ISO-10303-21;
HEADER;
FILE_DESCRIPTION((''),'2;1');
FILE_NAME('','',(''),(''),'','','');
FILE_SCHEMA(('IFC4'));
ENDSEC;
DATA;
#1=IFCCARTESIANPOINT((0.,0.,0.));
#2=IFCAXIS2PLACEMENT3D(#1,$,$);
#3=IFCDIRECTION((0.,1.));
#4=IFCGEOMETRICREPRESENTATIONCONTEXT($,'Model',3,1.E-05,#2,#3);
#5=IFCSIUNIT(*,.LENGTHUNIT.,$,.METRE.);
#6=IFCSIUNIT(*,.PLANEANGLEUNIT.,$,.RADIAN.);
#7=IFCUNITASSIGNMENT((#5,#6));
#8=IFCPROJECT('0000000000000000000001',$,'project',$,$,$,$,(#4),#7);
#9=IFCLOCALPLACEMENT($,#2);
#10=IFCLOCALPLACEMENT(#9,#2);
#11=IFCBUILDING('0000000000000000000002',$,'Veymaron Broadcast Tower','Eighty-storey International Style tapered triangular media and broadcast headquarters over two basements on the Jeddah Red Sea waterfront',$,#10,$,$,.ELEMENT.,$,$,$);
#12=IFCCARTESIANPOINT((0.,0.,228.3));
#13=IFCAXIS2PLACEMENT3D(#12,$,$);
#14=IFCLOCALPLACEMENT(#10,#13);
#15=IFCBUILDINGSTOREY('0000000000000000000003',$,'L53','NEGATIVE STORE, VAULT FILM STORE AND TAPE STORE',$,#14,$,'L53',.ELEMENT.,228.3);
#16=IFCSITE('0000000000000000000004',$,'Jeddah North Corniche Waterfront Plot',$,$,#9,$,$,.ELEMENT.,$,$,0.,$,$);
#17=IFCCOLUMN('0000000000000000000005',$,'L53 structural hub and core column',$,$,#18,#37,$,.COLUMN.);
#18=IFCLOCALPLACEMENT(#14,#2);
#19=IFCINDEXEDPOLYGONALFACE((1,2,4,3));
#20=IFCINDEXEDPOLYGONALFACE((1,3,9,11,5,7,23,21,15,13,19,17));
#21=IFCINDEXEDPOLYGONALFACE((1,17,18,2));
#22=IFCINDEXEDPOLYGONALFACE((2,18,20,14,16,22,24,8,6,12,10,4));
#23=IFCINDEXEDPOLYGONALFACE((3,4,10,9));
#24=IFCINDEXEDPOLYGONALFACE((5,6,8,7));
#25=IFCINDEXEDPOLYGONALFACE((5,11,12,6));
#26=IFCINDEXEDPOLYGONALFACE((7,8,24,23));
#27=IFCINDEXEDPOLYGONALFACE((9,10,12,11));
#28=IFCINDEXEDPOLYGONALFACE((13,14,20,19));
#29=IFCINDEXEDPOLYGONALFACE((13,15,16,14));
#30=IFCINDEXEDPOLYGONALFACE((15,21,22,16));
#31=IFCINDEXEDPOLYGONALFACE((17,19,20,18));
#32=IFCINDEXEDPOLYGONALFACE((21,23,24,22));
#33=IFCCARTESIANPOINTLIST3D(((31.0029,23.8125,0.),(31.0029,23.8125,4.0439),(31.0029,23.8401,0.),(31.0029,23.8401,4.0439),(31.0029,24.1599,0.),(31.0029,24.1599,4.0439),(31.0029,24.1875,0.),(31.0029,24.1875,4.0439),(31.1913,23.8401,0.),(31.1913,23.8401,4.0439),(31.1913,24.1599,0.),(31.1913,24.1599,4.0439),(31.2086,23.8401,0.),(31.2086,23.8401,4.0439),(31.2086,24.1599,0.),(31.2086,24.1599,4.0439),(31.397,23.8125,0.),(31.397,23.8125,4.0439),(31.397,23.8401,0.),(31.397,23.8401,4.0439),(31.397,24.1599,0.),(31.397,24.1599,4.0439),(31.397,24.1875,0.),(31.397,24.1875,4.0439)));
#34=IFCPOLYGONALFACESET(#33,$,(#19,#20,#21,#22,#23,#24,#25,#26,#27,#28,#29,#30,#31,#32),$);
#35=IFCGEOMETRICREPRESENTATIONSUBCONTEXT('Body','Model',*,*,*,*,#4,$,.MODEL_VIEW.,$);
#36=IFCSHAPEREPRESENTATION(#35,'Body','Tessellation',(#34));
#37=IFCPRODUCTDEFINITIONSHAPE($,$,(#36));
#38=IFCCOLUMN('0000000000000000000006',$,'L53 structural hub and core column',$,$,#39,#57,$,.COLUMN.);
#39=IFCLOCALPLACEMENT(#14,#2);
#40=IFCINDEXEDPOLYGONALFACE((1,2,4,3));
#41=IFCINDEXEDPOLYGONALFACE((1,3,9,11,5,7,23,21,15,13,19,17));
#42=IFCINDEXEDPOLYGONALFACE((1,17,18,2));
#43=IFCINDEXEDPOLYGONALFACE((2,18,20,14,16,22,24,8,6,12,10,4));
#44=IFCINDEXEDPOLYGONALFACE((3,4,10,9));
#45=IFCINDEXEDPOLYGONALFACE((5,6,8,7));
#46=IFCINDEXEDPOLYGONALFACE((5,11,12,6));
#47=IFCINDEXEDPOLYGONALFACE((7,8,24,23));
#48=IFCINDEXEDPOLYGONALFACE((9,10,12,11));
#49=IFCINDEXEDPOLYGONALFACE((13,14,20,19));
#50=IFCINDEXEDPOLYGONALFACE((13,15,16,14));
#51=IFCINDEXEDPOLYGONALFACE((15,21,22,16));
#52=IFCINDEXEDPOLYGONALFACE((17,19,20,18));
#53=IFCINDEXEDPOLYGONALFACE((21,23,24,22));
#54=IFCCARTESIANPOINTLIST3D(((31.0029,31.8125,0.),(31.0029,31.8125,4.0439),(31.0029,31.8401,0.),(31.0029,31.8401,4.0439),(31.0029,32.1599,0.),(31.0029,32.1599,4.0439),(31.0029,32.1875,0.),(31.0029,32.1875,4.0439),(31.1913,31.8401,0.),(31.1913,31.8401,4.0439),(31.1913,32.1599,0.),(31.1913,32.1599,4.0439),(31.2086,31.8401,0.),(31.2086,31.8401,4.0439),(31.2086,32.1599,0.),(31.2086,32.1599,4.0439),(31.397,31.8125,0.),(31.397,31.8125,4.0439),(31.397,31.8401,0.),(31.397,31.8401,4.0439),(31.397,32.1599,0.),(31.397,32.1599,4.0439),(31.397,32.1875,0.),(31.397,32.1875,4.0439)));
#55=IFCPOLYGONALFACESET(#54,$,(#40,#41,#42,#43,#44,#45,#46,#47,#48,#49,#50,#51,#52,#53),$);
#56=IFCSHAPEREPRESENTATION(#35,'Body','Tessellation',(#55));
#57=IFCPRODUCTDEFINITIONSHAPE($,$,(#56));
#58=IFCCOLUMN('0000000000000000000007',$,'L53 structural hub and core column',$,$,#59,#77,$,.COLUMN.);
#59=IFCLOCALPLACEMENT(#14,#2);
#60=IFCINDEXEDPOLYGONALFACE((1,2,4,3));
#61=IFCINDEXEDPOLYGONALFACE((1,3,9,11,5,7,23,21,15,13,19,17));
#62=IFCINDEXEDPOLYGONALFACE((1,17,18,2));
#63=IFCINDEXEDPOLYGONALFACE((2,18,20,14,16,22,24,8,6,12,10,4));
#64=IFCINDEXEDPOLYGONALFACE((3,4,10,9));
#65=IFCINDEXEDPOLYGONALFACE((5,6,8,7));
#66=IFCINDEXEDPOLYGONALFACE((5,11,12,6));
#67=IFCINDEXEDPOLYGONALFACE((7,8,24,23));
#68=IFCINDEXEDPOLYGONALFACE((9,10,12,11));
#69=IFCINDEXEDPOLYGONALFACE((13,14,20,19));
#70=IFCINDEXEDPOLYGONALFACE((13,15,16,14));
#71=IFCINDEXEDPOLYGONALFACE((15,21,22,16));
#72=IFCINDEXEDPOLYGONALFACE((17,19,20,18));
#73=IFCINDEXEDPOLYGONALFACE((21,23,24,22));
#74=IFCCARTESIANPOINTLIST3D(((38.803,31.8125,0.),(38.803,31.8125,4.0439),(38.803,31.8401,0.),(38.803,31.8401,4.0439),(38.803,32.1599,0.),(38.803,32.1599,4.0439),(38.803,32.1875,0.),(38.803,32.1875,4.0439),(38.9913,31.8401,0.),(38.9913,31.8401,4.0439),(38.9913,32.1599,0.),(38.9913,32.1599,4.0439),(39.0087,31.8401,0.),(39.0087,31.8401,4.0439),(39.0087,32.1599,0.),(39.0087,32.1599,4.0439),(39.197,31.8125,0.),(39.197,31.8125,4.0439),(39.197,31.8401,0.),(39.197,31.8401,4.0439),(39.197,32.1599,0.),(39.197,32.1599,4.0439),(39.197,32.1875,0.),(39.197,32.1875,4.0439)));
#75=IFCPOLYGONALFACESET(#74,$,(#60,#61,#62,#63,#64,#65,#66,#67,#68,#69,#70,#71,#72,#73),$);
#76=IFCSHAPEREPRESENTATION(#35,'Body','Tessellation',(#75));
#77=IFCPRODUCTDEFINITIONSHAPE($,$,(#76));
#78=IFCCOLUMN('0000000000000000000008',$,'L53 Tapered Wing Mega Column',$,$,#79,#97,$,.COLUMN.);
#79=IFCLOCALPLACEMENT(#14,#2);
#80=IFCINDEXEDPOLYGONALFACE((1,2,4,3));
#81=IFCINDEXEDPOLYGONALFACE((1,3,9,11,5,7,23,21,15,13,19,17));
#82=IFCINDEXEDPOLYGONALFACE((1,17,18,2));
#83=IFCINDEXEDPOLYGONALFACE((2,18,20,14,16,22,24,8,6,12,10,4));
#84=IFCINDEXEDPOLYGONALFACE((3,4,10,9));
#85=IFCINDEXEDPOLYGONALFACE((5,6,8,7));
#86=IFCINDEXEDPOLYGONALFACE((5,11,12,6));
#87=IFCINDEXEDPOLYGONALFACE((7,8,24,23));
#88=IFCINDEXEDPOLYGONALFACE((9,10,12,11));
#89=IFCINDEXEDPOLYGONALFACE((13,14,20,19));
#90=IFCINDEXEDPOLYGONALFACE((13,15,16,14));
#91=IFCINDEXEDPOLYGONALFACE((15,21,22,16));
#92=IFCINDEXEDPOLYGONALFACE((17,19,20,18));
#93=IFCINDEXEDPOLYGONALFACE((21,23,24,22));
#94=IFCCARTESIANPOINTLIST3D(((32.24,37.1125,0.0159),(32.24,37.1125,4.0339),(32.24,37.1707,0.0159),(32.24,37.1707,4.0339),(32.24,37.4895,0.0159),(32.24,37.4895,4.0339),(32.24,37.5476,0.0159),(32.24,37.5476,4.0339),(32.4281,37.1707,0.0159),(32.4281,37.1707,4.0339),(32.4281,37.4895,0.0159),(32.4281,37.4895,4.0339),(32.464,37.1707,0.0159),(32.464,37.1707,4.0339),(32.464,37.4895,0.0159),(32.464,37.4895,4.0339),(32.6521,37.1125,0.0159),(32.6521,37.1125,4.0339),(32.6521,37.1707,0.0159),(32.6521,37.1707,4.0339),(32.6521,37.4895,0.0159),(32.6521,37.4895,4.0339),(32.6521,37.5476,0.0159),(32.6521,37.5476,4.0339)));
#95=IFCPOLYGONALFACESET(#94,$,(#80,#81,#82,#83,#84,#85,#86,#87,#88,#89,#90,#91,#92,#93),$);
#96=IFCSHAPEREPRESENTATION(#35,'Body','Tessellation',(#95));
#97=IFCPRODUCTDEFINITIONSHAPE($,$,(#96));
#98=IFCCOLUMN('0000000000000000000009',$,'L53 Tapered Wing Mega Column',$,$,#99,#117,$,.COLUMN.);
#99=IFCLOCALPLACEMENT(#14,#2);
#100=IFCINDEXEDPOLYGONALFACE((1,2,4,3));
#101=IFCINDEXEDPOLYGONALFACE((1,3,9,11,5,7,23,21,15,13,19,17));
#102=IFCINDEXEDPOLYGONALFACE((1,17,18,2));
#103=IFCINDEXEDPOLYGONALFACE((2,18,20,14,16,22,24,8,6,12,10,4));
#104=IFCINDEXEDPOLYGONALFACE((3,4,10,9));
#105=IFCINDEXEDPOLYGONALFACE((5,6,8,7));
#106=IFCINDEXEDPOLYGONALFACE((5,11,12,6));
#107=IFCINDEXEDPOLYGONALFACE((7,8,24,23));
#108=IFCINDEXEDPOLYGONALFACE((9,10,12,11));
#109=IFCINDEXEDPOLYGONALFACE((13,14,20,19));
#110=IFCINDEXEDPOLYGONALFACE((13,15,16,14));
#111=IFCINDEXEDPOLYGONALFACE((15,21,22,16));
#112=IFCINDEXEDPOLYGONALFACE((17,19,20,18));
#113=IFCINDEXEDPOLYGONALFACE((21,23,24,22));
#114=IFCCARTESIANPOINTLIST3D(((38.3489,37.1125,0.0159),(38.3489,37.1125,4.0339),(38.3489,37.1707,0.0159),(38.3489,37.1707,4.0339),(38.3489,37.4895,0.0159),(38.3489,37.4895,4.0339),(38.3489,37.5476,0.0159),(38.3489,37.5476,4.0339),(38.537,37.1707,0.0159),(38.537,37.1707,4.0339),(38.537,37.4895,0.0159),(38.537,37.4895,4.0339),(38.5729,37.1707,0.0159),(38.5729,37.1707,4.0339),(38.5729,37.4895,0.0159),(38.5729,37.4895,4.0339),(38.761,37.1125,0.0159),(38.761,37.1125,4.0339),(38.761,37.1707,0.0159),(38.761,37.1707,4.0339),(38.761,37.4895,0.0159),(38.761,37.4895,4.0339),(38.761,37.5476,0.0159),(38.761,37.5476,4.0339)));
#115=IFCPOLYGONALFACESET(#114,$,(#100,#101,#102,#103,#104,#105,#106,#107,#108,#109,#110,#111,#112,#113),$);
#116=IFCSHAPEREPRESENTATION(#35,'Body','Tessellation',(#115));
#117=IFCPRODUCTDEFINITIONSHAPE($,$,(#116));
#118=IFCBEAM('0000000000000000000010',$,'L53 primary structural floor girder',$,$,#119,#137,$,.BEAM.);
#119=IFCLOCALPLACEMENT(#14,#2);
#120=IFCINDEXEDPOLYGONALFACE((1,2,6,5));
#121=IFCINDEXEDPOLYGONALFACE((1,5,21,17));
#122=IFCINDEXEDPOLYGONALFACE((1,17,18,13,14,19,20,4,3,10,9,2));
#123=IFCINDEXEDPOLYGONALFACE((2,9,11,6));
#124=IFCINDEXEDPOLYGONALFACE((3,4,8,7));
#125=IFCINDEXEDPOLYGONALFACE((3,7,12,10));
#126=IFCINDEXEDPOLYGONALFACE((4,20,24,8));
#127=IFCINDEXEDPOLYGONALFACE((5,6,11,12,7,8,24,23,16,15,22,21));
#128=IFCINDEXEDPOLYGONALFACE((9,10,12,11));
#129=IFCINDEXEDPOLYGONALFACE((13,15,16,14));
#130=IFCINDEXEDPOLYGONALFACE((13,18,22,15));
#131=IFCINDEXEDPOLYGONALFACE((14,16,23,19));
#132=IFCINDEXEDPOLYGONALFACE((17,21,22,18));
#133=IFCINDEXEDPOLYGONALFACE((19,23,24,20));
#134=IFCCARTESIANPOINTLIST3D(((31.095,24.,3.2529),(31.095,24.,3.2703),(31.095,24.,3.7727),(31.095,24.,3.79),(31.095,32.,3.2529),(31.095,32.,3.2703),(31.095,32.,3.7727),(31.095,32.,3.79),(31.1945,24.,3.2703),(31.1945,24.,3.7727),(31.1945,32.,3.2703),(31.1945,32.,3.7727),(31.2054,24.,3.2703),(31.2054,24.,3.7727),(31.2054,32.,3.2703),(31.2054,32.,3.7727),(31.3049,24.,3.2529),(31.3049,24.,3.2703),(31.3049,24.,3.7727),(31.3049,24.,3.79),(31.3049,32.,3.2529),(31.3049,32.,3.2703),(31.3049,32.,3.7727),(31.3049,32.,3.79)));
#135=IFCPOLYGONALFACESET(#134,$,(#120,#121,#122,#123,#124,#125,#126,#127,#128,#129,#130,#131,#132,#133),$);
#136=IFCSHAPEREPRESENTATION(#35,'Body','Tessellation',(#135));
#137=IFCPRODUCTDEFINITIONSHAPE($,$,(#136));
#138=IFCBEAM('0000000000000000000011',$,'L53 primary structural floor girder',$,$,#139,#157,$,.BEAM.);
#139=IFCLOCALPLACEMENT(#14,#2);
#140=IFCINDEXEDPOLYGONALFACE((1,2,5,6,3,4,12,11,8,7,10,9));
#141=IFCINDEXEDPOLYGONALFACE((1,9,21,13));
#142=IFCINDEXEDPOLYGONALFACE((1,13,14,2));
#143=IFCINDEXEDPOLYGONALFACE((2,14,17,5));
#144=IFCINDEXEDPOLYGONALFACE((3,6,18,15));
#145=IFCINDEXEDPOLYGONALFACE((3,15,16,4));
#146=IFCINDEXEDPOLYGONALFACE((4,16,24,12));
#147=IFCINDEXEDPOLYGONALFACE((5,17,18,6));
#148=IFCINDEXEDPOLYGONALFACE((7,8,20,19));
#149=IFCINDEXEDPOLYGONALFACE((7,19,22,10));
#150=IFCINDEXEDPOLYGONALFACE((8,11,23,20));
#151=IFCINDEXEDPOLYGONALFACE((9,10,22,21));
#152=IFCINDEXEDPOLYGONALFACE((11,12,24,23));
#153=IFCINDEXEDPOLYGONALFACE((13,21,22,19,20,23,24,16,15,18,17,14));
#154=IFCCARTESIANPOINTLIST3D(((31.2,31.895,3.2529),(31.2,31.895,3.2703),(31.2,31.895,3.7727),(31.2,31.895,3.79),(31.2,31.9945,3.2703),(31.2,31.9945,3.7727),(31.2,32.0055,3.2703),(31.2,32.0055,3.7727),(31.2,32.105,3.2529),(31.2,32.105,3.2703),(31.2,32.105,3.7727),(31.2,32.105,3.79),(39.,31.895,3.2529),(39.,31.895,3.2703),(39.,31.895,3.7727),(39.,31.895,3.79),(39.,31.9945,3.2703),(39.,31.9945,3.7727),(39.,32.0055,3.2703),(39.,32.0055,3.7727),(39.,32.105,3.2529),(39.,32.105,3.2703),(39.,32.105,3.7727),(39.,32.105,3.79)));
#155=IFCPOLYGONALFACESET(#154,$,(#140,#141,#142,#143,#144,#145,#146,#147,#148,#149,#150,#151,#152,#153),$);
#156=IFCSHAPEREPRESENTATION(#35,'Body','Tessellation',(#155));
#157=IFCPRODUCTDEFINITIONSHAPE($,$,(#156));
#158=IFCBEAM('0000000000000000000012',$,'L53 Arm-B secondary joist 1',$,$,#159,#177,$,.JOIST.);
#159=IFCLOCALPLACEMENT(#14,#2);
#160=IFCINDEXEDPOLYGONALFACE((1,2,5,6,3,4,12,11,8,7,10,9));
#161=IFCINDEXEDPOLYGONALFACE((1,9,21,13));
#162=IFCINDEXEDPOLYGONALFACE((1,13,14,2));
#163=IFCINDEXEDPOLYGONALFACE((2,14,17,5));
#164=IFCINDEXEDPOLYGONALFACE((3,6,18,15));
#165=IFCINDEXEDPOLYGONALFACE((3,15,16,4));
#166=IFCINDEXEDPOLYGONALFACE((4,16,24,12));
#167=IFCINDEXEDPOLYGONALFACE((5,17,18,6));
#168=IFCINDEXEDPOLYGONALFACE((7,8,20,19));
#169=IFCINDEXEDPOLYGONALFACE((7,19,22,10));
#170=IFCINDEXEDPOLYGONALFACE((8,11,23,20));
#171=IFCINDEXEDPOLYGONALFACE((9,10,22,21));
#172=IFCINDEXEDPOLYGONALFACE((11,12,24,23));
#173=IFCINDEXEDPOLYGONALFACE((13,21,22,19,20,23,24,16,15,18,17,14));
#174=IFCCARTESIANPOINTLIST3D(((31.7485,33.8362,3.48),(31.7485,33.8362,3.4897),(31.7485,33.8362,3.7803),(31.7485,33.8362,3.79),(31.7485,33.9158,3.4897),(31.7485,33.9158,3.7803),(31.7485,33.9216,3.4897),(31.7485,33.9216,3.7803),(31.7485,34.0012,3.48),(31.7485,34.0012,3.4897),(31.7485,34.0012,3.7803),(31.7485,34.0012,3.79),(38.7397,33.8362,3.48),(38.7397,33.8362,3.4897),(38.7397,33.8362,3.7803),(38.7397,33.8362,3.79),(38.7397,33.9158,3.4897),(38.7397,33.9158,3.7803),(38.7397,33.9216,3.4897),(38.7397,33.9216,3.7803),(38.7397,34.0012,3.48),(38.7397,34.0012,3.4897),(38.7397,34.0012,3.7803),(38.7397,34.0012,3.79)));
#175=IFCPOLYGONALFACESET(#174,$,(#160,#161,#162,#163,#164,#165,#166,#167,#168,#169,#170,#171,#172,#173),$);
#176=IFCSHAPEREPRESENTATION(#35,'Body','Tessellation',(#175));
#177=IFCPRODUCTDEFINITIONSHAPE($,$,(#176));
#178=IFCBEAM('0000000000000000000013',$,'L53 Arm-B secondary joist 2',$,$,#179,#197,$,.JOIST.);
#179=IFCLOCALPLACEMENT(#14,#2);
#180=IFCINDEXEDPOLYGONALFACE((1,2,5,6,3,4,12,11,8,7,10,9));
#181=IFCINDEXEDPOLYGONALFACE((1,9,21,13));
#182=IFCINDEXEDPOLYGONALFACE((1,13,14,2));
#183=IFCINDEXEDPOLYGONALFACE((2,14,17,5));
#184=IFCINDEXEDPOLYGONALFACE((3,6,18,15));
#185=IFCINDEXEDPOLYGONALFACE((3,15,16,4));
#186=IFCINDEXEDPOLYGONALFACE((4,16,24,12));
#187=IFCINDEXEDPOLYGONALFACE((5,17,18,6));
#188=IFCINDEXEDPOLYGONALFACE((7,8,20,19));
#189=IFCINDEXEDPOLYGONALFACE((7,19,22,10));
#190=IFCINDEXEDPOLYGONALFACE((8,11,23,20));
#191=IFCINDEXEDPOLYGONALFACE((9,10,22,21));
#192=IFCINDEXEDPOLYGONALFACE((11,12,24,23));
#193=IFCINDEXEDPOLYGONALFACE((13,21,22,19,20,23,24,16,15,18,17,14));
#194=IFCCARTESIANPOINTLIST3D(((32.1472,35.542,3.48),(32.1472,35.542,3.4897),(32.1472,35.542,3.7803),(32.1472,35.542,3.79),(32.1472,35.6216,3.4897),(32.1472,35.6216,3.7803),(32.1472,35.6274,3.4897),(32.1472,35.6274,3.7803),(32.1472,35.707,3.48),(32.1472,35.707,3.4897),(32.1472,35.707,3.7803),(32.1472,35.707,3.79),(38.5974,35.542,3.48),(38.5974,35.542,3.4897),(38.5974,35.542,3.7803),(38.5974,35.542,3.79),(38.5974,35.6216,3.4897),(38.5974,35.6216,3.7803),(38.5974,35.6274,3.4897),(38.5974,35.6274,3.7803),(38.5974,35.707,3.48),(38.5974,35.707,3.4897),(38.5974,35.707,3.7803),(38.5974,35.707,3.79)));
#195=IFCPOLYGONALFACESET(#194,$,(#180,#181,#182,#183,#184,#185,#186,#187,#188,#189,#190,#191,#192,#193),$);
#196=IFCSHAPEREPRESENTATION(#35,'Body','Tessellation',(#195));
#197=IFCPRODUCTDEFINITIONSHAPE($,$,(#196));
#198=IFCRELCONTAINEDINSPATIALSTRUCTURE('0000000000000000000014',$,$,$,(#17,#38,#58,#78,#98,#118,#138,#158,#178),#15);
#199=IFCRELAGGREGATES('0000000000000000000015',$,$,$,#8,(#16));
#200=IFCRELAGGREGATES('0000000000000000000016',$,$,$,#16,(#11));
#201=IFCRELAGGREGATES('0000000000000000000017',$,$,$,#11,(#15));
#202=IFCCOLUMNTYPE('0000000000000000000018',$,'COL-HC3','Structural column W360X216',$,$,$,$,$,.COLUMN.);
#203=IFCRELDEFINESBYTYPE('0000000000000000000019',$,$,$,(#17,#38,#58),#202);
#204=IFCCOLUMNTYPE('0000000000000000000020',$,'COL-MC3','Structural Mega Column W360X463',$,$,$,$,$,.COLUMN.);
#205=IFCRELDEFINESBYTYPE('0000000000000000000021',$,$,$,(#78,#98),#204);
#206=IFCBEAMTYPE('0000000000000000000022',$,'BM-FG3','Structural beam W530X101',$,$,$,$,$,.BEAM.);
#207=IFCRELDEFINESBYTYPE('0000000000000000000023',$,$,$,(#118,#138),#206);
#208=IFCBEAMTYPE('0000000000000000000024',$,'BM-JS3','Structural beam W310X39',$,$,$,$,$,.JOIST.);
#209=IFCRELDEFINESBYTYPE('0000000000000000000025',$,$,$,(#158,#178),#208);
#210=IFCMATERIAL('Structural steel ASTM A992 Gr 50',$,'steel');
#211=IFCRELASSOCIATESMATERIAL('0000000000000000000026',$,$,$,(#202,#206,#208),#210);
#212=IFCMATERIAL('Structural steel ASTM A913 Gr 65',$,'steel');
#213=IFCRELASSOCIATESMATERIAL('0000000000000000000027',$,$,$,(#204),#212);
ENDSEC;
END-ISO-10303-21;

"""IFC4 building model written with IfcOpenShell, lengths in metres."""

from ifc_helpers import new_model, si_unit, direction, frame, origin, origin_2d, place, context, subcontext, project, spatial, i_section, extrude, material, material_profile, profile_set, type_object, element, save


model = new_model("IFC4")

# Units and contexts
model_context = context("Model", 3, precision=1e-05, world=origin(), true_north=direction((0.0, 1.0)))
body_context = subcontext(model_context, "Body", "Model", "MODEL_VIEW")
ifc_project = project(units=[si_unit("LENGTHUNIT", "METRE"), si_unit("PLANEANGLEUNIT", "RADIAN")], contexts=[model_context])

# Site, building, storey
site_placement = place(None, origin())
site = spatial("IfcSite", under=ifc_project, at=site_placement, Name="Jeddah North Corniche Waterfront Plot", CompositionType="ELEMENT", RefElevation=0.0)
building_placement = place(site_placement, origin())
building = spatial("IfcBuilding", under=site, at=building_placement, Name="Veymaron Broadcast Tower", Description="Eighty-storey International Style tapered triangular media and broadcast headquarters over two basements on the Jeddah Red Sea waterfront", CompositionType="ELEMENT")
storey_placement = place(building_placement, frame((0.0, 0.0, 228.3)))
storey = spatial("IfcBuildingStorey", under=building, at=storey_placement, Name="L53", Description="NEGATIVE STORE, VAULT FILM STORE AND TAPE STORE", LongName="L53", CompositionType="ELEMENT", Elevation=228.3)

# Columns
ifc_material_1 = material(Name="Structural steel ASTM A992 Gr 50", Category="steel")
ifc_material_profile_1 = material_profile(ifc_material_1, i_section(OverallWidth=0.394, OverallDepth=0.375, WebThickness=0.0173, FlangeThickness=0.0276, at=origin_2d()), Name="W360X216")
ifc_profile_set_1 = profile_set([ifc_material_profile_1], Name="Structural steel ASTM A992 Gr 50")
column_type_1 = type_object("IfcColumnType", Name="COL-HC3", Description="Structural column W360X216", PredefinedType="COLUMN", material=ifc_profile_set_1)
for number, where, z_axis, x_axis, name in (
    (1, (31.2, 24.0, 0.0), (0.0, 0.0, 1.0), (1.0, 0.0, 0.0), "L53 structural hub and core column"),
    (2, (31.2, 32.0, 0.0), (0.0, 0.0, 1.0), (1.0, 0.0, 0.0), "L53 structural hub and core column"),
    (3, (39.0, 32.0, 0.0), (0.0, 0.0, 1.0), (1.0, 0.0, 0.0), "L53 structural hub and core column"),
):
    element("IfcColumn", number, at=place(storey_placement, frame(where, z_axis=z_axis, x_axis=x_axis)), inside=storey, type_object=column_type_1, Name=name, PredefinedType="COLUMN", context=body_context, shape_type="SweptSolid", body=[
        extrude(i_section(OverallWidth=0.394, OverallDepth=0.375, WebThickness=0.0173, FlangeThickness=0.0276, at=origin_2d()), origin(), (0.0, 0.0, 1.0), 4.0439),
    ])
ifc_material_2 = material(Name="Structural steel ASTM A913 Gr 65", Category="steel")
ifc_material_profile_2 = material_profile(ifc_material_2, i_section(OverallWidth=0.4121, OverallDepth=0.4351, WebThickness=0.0359, FlangeThickness=0.0581, at=origin_2d()), Name="W360X463")
ifc_profile_set_2 = profile_set([ifc_material_profile_2], Name="Structural steel ASTM A913 Gr 65")
column_type_2 = type_object("IfcColumnType", Name="COL-MC3", Description="Structural Mega Column W360X463", PredefinedType="COLUMN", material=ifc_profile_set_2)
for number, where, z_axis, x_axis, name in (
    (4, (32.446, 37.3301, 0.0159), (0.0, 0.0, 1.0), (1.0, 0.0, 0.0), "L53 Tapered Wing Mega Column"),
    (5, (38.5549, 37.3301, 0.0159), (0.0, 0.0, 1.0), (1.0, 0.0, 0.0), "L53 Tapered Wing Mega Column"),
):
    element("IfcColumn", number, at=place(storey_placement, frame(where, z_axis=z_axis, x_axis=x_axis)), inside=storey, type_object=column_type_2, Name=name, PredefinedType="COLUMN", context=body_context, shape_type="SweptSolid", body=[
        extrude(i_section(OverallWidth=0.4121, OverallDepth=0.4351, WebThickness=0.0359, FlangeThickness=0.0581, at=origin_2d()), origin(), (0.0, 0.0, 1.0), 4.0181),
    ])

# Beams
ifc_material_profile_3 = material_profile(ifc_material_1, i_section(OverallWidth=0.21, OverallDepth=0.5371, WebThickness=0.011, FlangeThickness=0.0173, at=origin_2d()), Name="W530X101")
ifc_profile_set_3 = profile_set([ifc_material_profile_3], Name="Structural steel ASTM A992 Gr 50")
beam_type_1 = type_object("IfcBeamType", Name="BM-FG3", Description="Structural beam W530X101", PredefinedType="BEAM", material=ifc_profile_set_3)
beam_1_placement = place(storey_placement, frame((31.2, 24.0, 3.5215), z_axis=(0.0, 1.0, 0.0), x_axis=(-1.0, 0.0, 0.0)))
element("IfcBeam", 6, at=beam_1_placement, inside=storey, type_object=beam_type_1, Name="L53 primary structural floor girder", PredefinedType="BEAM", context=body_context, shape_type="SweptSolid", body=[
    extrude(i_section(OverallWidth=0.21, OverallDepth=0.5371, WebThickness=0.011, FlangeThickness=0.0173, at=origin_2d()), origin(), (0.0, 0.0, 1.0), 8.0),
])
beam_2_placement = place(storey_placement, frame((31.2, 32.0, 3.5215), z_axis=(1.0, 0.0, 0.0), x_axis=(0.0, 1.0, 0.0)))
element("IfcBeam", 7, at=beam_2_placement, inside=storey, type_object=beam_type_1, Name="L53 primary structural floor girder", PredefinedType="BEAM", context=body_context, shape_type="SweptSolid", body=[
    extrude(i_section(OverallWidth=0.21, OverallDepth=0.5371, WebThickness=0.011, FlangeThickness=0.0173, at=origin_2d()), origin(), (0.0, 0.0, 1.0), 7.8),
])
ifc_material_profile_4 = material_profile(ifc_material_1, i_section(OverallWidth=0.165, OverallDepth=0.3101, WebThickness=0.0059, FlangeThickness=0.0098, at=origin_2d()), Name="W310X39")
ifc_profile_set_4 = profile_set([ifc_material_profile_4], Name="Structural steel ASTM A992 Gr 50")
beam_type_2 = type_object("IfcBeamType", Name="BM-JS3", Description="Structural beam W310X39", PredefinedType="JOIST", material=ifc_profile_set_4)
beam_3_placement = place(storey_placement, frame((31.7485, 33.9187, 3.635), z_axis=(1.0, 0.0, 0.0), x_axis=(0.0, 1.0, 0.0)))
element("IfcBeam", 8, at=beam_3_placement, inside=storey, type_object=beam_type_2, Name="L53 Arm-B secondary joist 1", PredefinedType="JOIST", context=body_context, shape_type="SweptSolid", body=[
    extrude(i_section(OverallWidth=0.165, OverallDepth=0.3101, WebThickness=0.0059, FlangeThickness=0.0098, at=origin_2d()), origin(), (0.0, 0.0, 1.0), 6.9912),
])
beam_4_placement = place(storey_placement, frame((32.1472, 35.6245, 3.635), z_axis=(1.0, 0.0, 0.0), x_axis=(0.0, 1.0, 0.0)))
element("IfcBeam", 9, at=beam_4_placement, inside=storey, type_object=beam_type_2, Name="L53 Arm-B secondary joist 2", PredefinedType="JOIST", context=body_context, shape_type="SweptSolid", body=[
    extrude(i_section(OverallWidth=0.165, OverallDepth=0.3101, WebThickness=0.0059, FlangeThickness=0.0098, at=origin_2d()), origin(), (0.0, 0.0, 1.0), 6.4502),
])

save(model, "model.ifc")
